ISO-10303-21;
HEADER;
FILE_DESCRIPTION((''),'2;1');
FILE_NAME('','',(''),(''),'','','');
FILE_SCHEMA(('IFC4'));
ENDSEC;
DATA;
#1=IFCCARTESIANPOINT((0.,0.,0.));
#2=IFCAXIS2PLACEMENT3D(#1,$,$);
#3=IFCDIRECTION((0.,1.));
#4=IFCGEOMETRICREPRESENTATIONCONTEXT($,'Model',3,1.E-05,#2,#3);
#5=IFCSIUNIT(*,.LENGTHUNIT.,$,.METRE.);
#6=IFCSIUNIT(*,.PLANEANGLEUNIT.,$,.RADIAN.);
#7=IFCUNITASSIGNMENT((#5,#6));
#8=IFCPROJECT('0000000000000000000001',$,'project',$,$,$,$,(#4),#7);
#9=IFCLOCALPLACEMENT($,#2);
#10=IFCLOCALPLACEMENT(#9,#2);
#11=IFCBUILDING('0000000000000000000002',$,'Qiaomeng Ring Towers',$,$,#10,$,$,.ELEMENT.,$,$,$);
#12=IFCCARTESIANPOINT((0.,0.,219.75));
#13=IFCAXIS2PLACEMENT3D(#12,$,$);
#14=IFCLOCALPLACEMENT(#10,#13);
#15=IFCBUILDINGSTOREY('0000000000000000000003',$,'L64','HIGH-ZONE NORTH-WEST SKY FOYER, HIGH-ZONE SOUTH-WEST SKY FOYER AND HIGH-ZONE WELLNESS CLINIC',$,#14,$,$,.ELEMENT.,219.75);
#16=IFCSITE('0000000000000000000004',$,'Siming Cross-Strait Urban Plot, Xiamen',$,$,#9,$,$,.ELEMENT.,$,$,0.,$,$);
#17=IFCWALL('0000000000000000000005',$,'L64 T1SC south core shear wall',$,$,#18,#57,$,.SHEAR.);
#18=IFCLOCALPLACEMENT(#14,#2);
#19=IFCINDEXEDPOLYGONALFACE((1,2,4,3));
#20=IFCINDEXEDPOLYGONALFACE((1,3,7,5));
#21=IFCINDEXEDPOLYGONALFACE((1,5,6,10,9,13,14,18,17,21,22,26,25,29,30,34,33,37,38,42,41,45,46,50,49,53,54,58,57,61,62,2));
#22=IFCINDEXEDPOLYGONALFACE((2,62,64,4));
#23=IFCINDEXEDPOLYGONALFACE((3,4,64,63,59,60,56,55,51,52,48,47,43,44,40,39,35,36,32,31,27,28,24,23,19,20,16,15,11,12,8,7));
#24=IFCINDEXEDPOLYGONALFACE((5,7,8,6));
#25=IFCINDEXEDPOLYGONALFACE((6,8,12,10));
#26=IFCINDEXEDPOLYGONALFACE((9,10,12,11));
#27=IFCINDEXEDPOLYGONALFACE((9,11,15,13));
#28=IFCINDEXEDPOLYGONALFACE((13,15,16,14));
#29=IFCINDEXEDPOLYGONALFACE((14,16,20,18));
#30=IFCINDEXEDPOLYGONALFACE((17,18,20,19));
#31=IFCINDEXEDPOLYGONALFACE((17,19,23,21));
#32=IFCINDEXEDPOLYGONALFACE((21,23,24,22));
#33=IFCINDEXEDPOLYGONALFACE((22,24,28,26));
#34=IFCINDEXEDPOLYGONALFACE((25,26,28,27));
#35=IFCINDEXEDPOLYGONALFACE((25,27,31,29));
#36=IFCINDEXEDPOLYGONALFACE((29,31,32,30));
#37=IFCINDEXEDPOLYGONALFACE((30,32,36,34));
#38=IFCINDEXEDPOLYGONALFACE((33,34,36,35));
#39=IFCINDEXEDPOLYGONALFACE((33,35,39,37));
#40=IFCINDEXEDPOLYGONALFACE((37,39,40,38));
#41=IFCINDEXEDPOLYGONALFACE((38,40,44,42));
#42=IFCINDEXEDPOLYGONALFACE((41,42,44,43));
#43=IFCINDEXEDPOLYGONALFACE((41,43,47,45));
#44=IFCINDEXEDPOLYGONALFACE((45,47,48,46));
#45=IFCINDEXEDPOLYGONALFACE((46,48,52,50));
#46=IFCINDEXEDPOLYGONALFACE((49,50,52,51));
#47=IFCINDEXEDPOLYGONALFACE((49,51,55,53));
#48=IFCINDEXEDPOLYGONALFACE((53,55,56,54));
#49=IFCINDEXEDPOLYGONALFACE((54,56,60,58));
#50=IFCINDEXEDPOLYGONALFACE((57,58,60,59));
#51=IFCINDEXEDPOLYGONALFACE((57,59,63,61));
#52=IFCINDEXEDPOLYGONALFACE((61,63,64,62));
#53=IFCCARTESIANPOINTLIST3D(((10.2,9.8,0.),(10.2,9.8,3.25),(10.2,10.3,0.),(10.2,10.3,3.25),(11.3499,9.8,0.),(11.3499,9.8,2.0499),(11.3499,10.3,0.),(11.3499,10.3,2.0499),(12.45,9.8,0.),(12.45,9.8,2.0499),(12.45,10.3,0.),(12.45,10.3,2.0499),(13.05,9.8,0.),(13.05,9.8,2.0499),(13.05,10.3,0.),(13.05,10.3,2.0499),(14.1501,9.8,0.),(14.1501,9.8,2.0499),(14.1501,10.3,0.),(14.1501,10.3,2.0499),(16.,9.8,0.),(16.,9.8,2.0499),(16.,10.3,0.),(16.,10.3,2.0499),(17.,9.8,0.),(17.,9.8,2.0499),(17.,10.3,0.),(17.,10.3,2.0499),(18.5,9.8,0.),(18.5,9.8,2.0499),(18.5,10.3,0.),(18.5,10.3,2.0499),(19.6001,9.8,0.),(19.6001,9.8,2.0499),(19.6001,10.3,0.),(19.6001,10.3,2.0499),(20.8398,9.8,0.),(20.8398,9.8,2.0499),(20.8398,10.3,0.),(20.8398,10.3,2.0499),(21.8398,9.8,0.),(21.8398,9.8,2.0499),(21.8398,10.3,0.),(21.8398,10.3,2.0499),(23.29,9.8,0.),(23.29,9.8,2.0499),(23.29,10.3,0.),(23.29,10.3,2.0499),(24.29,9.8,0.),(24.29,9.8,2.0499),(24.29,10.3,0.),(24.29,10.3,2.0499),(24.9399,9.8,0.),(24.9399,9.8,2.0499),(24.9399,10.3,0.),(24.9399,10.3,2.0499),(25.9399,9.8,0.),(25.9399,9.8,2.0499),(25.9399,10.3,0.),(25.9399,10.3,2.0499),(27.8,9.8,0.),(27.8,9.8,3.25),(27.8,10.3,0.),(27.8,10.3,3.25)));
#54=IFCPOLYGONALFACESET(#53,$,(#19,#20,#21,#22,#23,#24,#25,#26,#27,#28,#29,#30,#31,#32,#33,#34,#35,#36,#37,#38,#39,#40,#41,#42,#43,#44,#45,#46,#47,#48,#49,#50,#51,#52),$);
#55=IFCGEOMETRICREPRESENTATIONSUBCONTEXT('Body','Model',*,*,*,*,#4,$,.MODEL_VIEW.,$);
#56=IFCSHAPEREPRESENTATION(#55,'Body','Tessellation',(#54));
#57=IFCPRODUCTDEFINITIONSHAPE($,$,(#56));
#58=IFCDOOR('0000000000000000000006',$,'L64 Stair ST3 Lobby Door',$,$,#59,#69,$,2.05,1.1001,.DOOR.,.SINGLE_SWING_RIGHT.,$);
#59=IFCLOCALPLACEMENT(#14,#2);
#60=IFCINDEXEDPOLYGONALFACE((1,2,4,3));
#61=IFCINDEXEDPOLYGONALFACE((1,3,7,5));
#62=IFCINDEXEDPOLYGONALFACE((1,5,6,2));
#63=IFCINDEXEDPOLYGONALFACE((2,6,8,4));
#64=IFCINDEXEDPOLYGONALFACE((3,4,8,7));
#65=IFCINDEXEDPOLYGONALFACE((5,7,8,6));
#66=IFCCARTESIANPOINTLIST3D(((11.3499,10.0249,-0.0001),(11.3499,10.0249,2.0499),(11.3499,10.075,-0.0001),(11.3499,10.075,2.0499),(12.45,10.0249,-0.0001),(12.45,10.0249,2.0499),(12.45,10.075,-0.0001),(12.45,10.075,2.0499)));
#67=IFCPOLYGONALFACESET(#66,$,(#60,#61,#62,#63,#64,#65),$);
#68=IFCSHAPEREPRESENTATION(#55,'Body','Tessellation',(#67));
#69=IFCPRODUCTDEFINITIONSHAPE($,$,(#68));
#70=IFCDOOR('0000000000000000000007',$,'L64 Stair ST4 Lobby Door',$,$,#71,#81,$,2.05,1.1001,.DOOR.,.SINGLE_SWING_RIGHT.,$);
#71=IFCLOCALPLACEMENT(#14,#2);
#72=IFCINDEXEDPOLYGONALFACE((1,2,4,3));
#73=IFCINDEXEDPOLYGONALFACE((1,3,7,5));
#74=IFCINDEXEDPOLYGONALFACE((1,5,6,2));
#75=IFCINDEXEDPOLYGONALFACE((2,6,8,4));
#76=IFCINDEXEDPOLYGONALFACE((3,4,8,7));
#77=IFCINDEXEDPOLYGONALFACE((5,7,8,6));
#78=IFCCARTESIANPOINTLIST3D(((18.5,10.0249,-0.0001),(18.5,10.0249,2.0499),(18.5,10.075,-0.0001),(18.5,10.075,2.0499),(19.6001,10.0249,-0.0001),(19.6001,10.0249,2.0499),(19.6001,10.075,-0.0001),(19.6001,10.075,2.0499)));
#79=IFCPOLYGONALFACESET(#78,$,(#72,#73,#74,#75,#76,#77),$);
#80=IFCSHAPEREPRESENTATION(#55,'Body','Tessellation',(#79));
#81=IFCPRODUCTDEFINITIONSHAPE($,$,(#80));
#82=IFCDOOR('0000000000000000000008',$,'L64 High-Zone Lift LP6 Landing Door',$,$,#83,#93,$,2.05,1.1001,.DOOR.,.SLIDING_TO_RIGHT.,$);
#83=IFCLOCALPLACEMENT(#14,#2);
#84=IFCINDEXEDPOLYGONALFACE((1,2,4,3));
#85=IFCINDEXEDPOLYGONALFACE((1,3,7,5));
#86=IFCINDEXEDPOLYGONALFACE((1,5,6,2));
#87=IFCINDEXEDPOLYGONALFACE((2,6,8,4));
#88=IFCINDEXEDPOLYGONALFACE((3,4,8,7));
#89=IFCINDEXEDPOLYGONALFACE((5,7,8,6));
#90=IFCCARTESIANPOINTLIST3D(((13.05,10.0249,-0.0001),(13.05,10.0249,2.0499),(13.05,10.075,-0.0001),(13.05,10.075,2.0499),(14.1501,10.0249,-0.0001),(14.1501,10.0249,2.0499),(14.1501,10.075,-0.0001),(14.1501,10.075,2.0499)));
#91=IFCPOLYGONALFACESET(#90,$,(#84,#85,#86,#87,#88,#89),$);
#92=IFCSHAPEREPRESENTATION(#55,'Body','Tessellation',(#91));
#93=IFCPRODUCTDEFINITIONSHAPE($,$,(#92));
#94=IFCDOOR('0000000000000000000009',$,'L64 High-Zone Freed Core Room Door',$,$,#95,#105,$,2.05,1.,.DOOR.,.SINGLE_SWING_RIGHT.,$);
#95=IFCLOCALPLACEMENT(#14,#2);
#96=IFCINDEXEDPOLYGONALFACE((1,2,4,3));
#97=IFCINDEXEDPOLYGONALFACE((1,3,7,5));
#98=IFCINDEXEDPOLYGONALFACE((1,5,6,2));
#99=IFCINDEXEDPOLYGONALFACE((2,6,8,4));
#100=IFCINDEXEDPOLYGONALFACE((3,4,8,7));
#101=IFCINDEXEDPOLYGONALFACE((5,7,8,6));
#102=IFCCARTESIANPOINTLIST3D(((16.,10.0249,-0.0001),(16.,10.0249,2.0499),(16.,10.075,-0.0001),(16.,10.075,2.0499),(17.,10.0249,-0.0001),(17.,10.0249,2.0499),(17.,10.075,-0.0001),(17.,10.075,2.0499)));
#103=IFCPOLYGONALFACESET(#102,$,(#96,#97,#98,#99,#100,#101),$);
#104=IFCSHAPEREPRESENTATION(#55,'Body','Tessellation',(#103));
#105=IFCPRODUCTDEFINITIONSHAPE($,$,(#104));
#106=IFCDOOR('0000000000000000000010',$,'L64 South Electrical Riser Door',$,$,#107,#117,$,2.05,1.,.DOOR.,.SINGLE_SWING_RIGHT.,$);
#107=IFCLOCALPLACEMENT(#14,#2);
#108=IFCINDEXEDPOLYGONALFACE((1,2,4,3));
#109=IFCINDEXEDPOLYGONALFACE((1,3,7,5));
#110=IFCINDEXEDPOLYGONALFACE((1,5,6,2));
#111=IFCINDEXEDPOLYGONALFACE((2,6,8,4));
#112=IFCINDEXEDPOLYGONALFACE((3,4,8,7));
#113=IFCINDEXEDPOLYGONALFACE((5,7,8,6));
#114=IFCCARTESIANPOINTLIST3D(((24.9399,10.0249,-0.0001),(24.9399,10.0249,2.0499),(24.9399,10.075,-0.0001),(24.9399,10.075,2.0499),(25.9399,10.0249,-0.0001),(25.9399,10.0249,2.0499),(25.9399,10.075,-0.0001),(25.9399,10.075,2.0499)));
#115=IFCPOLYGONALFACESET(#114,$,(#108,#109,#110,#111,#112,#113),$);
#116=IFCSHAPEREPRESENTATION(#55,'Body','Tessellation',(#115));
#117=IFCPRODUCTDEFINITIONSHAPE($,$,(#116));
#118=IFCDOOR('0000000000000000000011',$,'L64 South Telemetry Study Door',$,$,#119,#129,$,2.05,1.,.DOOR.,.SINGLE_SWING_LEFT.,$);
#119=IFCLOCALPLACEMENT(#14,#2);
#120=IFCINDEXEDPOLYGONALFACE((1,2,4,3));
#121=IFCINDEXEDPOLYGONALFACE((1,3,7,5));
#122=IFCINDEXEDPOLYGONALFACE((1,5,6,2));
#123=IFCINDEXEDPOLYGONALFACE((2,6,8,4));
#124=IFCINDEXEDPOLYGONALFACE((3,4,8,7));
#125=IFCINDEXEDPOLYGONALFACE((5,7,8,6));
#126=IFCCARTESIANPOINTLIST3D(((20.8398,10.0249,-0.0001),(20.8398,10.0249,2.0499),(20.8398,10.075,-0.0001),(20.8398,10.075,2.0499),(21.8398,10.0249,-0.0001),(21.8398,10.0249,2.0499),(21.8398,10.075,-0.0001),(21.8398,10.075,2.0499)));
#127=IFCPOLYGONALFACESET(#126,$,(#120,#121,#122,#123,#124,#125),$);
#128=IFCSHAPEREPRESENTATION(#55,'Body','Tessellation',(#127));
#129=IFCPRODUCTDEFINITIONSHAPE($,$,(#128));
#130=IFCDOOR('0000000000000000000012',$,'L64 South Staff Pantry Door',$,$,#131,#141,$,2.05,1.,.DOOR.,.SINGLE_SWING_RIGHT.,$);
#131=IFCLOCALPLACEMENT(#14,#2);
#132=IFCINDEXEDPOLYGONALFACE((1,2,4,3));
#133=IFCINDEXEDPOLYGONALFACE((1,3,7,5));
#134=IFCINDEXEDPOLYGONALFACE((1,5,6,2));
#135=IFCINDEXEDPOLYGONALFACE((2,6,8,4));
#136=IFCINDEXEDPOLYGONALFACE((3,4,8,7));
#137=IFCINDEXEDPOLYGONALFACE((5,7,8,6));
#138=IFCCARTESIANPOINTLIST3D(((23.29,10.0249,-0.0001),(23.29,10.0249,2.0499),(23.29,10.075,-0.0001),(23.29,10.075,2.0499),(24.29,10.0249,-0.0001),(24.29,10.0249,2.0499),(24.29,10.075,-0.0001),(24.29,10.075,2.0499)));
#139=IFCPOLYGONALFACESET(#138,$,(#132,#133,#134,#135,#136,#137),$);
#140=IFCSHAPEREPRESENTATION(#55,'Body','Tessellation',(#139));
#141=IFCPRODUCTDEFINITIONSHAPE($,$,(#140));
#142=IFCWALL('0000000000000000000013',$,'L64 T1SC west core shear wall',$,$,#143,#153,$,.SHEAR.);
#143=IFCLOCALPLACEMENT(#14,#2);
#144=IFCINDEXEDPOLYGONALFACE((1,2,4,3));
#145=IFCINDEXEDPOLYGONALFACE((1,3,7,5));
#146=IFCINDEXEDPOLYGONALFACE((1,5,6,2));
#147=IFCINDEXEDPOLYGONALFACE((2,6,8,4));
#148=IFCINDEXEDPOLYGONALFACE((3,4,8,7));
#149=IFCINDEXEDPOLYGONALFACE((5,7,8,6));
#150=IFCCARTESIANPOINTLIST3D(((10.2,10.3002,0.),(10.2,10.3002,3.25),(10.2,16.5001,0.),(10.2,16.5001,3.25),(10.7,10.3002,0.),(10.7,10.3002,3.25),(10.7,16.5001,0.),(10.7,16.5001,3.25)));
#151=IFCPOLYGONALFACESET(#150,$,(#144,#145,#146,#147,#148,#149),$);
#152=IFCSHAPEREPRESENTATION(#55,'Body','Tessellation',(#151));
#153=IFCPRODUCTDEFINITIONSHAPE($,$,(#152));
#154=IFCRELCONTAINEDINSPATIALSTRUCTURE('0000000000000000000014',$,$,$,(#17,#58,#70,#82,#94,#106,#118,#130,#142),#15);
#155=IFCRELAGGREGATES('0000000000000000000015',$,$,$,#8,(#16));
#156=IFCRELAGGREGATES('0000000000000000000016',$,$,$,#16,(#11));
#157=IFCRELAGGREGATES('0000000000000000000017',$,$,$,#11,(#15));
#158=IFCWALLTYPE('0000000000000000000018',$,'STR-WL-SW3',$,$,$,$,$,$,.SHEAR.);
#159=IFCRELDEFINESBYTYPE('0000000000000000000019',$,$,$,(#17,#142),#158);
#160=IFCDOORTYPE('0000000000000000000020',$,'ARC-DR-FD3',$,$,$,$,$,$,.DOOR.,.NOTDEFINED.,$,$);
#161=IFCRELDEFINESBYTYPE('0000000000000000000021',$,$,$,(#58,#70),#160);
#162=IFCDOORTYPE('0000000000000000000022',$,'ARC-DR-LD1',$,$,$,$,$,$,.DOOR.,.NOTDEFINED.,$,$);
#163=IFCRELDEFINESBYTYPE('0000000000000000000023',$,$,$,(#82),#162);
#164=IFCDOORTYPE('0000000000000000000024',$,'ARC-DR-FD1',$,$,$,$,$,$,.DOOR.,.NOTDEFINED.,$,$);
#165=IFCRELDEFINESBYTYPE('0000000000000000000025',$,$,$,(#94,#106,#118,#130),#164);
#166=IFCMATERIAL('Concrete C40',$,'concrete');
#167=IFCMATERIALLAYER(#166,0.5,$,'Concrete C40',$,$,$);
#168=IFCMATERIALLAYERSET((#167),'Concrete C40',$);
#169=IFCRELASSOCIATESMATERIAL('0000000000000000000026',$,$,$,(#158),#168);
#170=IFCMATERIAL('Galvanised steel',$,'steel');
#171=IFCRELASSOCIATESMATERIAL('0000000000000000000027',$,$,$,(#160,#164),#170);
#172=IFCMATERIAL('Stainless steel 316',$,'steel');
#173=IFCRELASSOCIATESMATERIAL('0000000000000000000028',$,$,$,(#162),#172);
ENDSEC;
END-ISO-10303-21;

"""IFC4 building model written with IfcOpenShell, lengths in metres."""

from ifc_helpers import new_model, si_unit, direction, frame, frame_2d, origin, place, context, subcontext, project, spatial, rectangle, extrude, source, transform, mapped, material, layer, layer_set, type_object, element, fill, save


model = new_model("IFC4")

# Units and contexts
model_context = context("Model", 3, precision=1e-05, world=origin(), true_north=direction((0.0, 1.0)))
body_context = subcontext(model_context, "Body", "Model", "MODEL_VIEW")
ifc_project = project(units=[si_unit("LENGTHUNIT", "METRE"), si_unit("PLANEANGLEUNIT", "RADIAN")], contexts=[model_context])

# Site, building, storey
site_placement = place(None, origin())
site = spatial("IfcSite", under=ifc_project, at=site_placement, Name="Siming Cross-Strait Urban Plot, Xiamen", CompositionType="ELEMENT", RefElevation=0.0)
building_placement = place(site_placement, origin())
building = spatial("IfcBuilding", under=site, at=building_placement, Name="Qiaomeng Ring Towers", CompositionType="ELEMENT")
storey_placement = place(building_placement, frame((0.0, 0.0, 219.75)))
storey = spatial("IfcBuildingStorey", under=building, at=storey_placement, Name="L64", Description="HIGH-ZONE NORTH-WEST SKY FOYER, HIGH-ZONE SOUTH-WEST SKY FOYER AND HIGH-ZONE WELLNESS CLINIC", CompositionType="ELEMENT", Elevation=219.75)

# Shared definitions
shared_shape_1 = source(origin(), body_context, "Body", "SweptSolid", [
    extrude(rectangle(XDim=1.0, YDim=2.05, at=frame_2d((0.5, 1.0249))), frame((0.0, 0.0249, 0.0), z_axis=(0.0, -1.0, 0.0), x_axis=(1.0, 0.0, 0.0)), (0.0, 0.0, 1.0), 0.05),
])

# Shared definitions
ifc_material_1 = material(Name="Concrete C40", Category="concrete")

# Wall, openings, doors
ifc_layer_1 = layer(ifc_material_1, 0.5, Name="Concrete C40")
ifc_layer_set_1 = layer_set([ifc_layer_1], Name="Concrete C40")
wall_type_1 = type_object("IfcWallType", Name="STR-WL-SW3", PredefinedType="SHEAR", material=ifc_layer_set_1)
wall_1_placement = place(storey_placement, frame((10.2, 10.05, 0.0), z_axis=(0.0, 0.0, 1.0), x_axis=(1.0, 0.0, 0.0)))
wall_1 = element("IfcWall", 1, at=wall_1_placement, inside=storey, type_object=wall_type_1, Name="L64 T1SC south core shear wall", PredefinedType="SHEAR", context=body_context, shape_type="SweptSolid", body=[
    extrude(rectangle(XDim=17.6001, YDim=0.5, at=frame_2d((8.8, 0.0))), origin(), (0.0, 0.0, 1.0), 3.25),
])
opening_1_placement = place(wall_1_placement, frame((1.1499, 0.0, 0.0)))
opening_1 = element("IfcOpeningElement", 2, at=opening_1_placement, cuts=wall_1, PredefinedType="OPENING", context=body_context, shape_type="SweptSolid", body=[
    extrude(rectangle(XDim=1.1001, YDim=2.05, at=frame_2d((0.55, 1.0249))), frame((0.0, 0.26, 0.0), z_axis=(0.0, -1.0, 0.0), x_axis=(1.0, 0.0, 0.0)), (0.0, 0.0, 1.0), 0.52),
])
opening_2_placement = place(wall_1_placement, frame((8.3, 0.0, 0.0)))
opening_2 = element("IfcOpeningElement", 3, at=opening_2_placement, cuts=wall_1, PredefinedType="OPENING", context=body_context, shape_type="SweptSolid", body=[
    extrude(rectangle(XDim=1.1001, YDim=2.05, at=frame_2d((0.55, 1.0249))), frame((0.0, 0.26, 0.0), z_axis=(0.0, -1.0, 0.0), x_axis=(1.0, 0.0, 0.0)), (0.0, 0.0, 1.0), 0.52),
])
opening_3_placement = place(wall_1_placement, frame((2.8501, 0.0, 0.0)))
opening_3 = element("IfcOpeningElement", 4, at=opening_3_placement, cuts=wall_1, PredefinedType="OPENING", context=body_context, shape_type="SweptSolid", body=[
    extrude(rectangle(XDim=1.1001, YDim=2.05, at=frame_2d((0.55, 1.0249))), frame((0.0, 0.26, 0.0), z_axis=(0.0, -1.0, 0.0), x_axis=(1.0, 0.0, 0.0)), (0.0, 0.0, 1.0), 0.52),
])
opening_4_placement = place(wall_1_placement, frame((5.8, 0.0, 0.0)))
opening_4 = element("IfcOpeningElement", 5, at=opening_4_placement, cuts=wall_1, PredefinedType="OPENING", context=body_context, shape_type="SweptSolid", body=[
    extrude(rectangle(XDim=1.0, YDim=2.05, at=frame_2d((0.5, 1.0249))), frame((0.0, 0.26, 0.0), z_axis=(0.0, -1.0, 0.0), x_axis=(1.0, 0.0, 0.0)), (0.0, 0.0, 1.0), 0.52),
])
opening_5_placement = place(wall_1_placement, frame((14.74, 0.0, 0.0)))
opening_5 = element("IfcOpeningElement", 6, at=opening_5_placement, cuts=wall_1, PredefinedType="OPENING", context=body_context, shape_type="SweptSolid", body=[
    extrude(rectangle(XDim=1.0, YDim=2.05, at=frame_2d((0.5, 1.0249))), frame((0.0, 0.26, 0.0), z_axis=(0.0, -1.0, 0.0), x_axis=(1.0, 0.0, 0.0)), (0.0, 0.0, 1.0), 0.52),
])
opening_6_placement = place(wall_1_placement, frame((10.6399, 0.0, 0.0)))
opening_6 = element("IfcOpeningElement", 7, at=opening_6_placement, cuts=wall_1, PredefinedType="OPENING", context=body_context, shape_type="SweptSolid", body=[
    extrude(rectangle(XDim=1.0, YDim=2.05, at=frame_2d((0.5, 1.0249))), frame((0.0, 0.26, 0.0), z_axis=(0.0, -1.0, 0.0), x_axis=(1.0, 0.0, 0.0)), (0.0, 0.0, 1.0), 0.52),
])
opening_7_placement = place(wall_1_placement, frame((13.0901, 0.0, 0.0)))
opening_7 = element("IfcOpeningElement", 8, at=opening_7_placement, cuts=wall_1, PredefinedType="OPENING", context=body_context, shape_type="SweptSolid", body=[
    extrude(rectangle(XDim=1.0, YDim=2.05, at=frame_2d((0.5, 1.0249))), frame((0.0, 0.26, 0.0), z_axis=(0.0, -1.0, 0.0), x_axis=(1.0, 0.0, 0.0)), (0.0, 0.0, 1.0), 0.52),
])
ifc_material_2 = material(Name="Galvanised steel", Category="steel")
door_type_1 = type_object("IfcDoorType", Name="ARC-DR-FD3", OperationType="NOTDEFINED", PredefinedType="DOOR", material=ifc_material_2)
shared_shape_2 = source(origin(), body_context, "Body", "SweptSolid", [
    extrude(rectangle(XDim=1.1001, YDim=2.05, at=frame_2d((0.55, 1.0249))), frame((0.0, 0.0249, 0.0), z_axis=(0.0, -1.0, 0.0), x_axis=(1.0, 0.0, 0.0)), (0.0, 0.0, 1.0), 0.05),
])
door_1_placement = place(opening_1_placement, origin())
door_1 = element("IfcDoor", 9, at=door_1_placement, inside=storey, type_object=door_type_1, Name="L64 Stair ST3 Lobby Door", OperationType="SINGLE_SWING_RIGHT", OverallHeight=2.05, OverallWidth=1.1001, PredefinedType="DOOR", context=body_context, shape_type="MappedRepresentation", body=[
    mapped(shared_shape_2, transform((0.0, 0.0, 0.0), x_axis=(1.0, 0.0, 0.0), y_axis=(0.0, 1.0, 0.0), z_axis=(0.0, 0.0, 1.0), scale=1.0)),
])
fill(opening_1, door_1)
door_2_placement = place(opening_2_placement, origin())
door_2 = element("IfcDoor", 10, at=door_2_placement, inside=storey, type_object=door_type_1, Name="L64 Stair ST4 Lobby Door", OperationType="SINGLE_SWING_RIGHT", OverallHeight=2.05, OverallWidth=1.1001, PredefinedType="DOOR", context=body_context, shape_type="MappedRepresentation", body=[
    mapped(shared_shape_2, transform((0.0, 0.0, 0.0), x_axis=(1.0, 0.0, 0.0), y_axis=(0.0, 1.0, 0.0), z_axis=(0.0, 0.0, 1.0), scale=1.0)),
])
fill(opening_2, door_2)
ifc_material_3 = material(Name="Stainless steel 316", Category="steel")
door_type_2 = type_object("IfcDoorType", Name="ARC-DR-LD1", OperationType="NOTDEFINED", PredefinedType="DOOR", material=ifc_material_3)
door_3_placement = place(opening_3_placement, origin())
door_3 = element("IfcDoor", 11, at=door_3_placement, inside=storey, type_object=door_type_2, Name="L64 High-Zone Lift LP6 Landing Door", OperationType="SLIDING_TO_RIGHT", OverallHeight=2.05, OverallWidth=1.1001, PredefinedType="DOOR", context=body_context, shape_type="MappedRepresentation", body=[
    mapped(shared_shape_2, transform((0.0, 0.0, 0.0), x_axis=(1.0, 0.0, 0.0), y_axis=(0.0, 1.0, 0.0), z_axis=(0.0, 0.0, 1.0), scale=1.0)),
])
fill(opening_3, door_3)
door_type_3 = type_object("IfcDoorType", Name="ARC-DR-FD1", OperationType="NOTDEFINED", PredefinedType="DOOR", material=ifc_material_2)
door_4_placement = place(opening_4_placement, origin())
door_4 = element("IfcDoor", 12, at=door_4_placement, inside=storey, type_object=door_type_3, Name="L64 High-Zone Freed Core Room Door", OperationType="SINGLE_SWING_RIGHT", OverallHeight=2.05, OverallWidth=1.0, PredefinedType="DOOR", context=body_context, shape_type="MappedRepresentation", body=[
    mapped(shared_shape_1, transform((0.0, 0.0, 0.0), x_axis=(1.0, 0.0, 0.0), y_axis=(0.0, 1.0, 0.0), z_axis=(0.0, 0.0, 1.0), scale=1.0)),
])
fill(opening_4, door_4)
door_5_placement = place(opening_5_placement, origin())
door_5 = element("IfcDoor", 13, at=door_5_placement, inside=storey, type_object=door_type_3, Name="L64 South Electrical Riser Door", OperationType="SINGLE_SWING_RIGHT", OverallHeight=2.05, OverallWidth=1.0, PredefinedType="DOOR", context=body_context, shape_type="MappedRepresentation", body=[
    mapped(shared_shape_1, transform((0.0, 0.0, 0.0), x_axis=(1.0, 0.0, 0.0), y_axis=(0.0, 1.0, 0.0), z_axis=(0.0, 0.0, 1.0), scale=1.0)),
])
fill(opening_5, door_5)
door_6_placement = place(opening_6_placement, origin())
door_6 = element("IfcDoor", 14, at=door_6_placement, inside=storey, type_object=door_type_3, Name="L64 South Telemetry Study Door", OperationType="SINGLE_SWING_LEFT", OverallHeight=2.05, OverallWidth=1.0, PredefinedType="DOOR", context=body_context, shape_type="MappedRepresentation", body=[
    mapped(shared_shape_1, transform((0.0, 0.0, 0.0), x_axis=(1.0, 0.0, 0.0), y_axis=(0.0, 1.0, 0.0), z_axis=(0.0, 0.0, 1.0), scale=1.0)),
])
fill(opening_6, door_6)
door_7_placement = place(opening_7_placement, origin())
door_7 = element("IfcDoor", 15, at=door_7_placement, inside=storey, type_object=door_type_3, Name="L64 South Staff Pantry Door", OperationType="SINGLE_SWING_RIGHT", OverallHeight=2.05, OverallWidth=1.0, PredefinedType="DOOR", context=body_context, shape_type="MappedRepresentation", body=[
    mapped(shared_shape_1, transform((0.0, 0.0, 0.0), x_axis=(1.0, 0.0, 0.0), y_axis=(0.0, 1.0, 0.0), z_axis=(0.0, 0.0, 1.0), scale=1.0)),
])
fill(opening_7, door_7)

# Wall
wall_2_placement = place(storey_placement, frame((10.45, 10.3, 0.0), z_axis=(0.0, 0.0, 1.0), x_axis=(0.0, 1.0, 0.0)))
element("IfcWall", 16, at=wall_2_placement, inside=storey, type_object=wall_type_1, Name="L64 T1SC west core shear wall", PredefinedType="SHEAR", context=body_context, shape_type="SweptSolid", body=[
    extrude(rectangle(XDim=6.2, YDim=0.5, at=frame_2d((3.1001, 0.0))), origin(), (0.0, 0.0, 1.0), 3.25),
])

save(model, "model.ifc")
